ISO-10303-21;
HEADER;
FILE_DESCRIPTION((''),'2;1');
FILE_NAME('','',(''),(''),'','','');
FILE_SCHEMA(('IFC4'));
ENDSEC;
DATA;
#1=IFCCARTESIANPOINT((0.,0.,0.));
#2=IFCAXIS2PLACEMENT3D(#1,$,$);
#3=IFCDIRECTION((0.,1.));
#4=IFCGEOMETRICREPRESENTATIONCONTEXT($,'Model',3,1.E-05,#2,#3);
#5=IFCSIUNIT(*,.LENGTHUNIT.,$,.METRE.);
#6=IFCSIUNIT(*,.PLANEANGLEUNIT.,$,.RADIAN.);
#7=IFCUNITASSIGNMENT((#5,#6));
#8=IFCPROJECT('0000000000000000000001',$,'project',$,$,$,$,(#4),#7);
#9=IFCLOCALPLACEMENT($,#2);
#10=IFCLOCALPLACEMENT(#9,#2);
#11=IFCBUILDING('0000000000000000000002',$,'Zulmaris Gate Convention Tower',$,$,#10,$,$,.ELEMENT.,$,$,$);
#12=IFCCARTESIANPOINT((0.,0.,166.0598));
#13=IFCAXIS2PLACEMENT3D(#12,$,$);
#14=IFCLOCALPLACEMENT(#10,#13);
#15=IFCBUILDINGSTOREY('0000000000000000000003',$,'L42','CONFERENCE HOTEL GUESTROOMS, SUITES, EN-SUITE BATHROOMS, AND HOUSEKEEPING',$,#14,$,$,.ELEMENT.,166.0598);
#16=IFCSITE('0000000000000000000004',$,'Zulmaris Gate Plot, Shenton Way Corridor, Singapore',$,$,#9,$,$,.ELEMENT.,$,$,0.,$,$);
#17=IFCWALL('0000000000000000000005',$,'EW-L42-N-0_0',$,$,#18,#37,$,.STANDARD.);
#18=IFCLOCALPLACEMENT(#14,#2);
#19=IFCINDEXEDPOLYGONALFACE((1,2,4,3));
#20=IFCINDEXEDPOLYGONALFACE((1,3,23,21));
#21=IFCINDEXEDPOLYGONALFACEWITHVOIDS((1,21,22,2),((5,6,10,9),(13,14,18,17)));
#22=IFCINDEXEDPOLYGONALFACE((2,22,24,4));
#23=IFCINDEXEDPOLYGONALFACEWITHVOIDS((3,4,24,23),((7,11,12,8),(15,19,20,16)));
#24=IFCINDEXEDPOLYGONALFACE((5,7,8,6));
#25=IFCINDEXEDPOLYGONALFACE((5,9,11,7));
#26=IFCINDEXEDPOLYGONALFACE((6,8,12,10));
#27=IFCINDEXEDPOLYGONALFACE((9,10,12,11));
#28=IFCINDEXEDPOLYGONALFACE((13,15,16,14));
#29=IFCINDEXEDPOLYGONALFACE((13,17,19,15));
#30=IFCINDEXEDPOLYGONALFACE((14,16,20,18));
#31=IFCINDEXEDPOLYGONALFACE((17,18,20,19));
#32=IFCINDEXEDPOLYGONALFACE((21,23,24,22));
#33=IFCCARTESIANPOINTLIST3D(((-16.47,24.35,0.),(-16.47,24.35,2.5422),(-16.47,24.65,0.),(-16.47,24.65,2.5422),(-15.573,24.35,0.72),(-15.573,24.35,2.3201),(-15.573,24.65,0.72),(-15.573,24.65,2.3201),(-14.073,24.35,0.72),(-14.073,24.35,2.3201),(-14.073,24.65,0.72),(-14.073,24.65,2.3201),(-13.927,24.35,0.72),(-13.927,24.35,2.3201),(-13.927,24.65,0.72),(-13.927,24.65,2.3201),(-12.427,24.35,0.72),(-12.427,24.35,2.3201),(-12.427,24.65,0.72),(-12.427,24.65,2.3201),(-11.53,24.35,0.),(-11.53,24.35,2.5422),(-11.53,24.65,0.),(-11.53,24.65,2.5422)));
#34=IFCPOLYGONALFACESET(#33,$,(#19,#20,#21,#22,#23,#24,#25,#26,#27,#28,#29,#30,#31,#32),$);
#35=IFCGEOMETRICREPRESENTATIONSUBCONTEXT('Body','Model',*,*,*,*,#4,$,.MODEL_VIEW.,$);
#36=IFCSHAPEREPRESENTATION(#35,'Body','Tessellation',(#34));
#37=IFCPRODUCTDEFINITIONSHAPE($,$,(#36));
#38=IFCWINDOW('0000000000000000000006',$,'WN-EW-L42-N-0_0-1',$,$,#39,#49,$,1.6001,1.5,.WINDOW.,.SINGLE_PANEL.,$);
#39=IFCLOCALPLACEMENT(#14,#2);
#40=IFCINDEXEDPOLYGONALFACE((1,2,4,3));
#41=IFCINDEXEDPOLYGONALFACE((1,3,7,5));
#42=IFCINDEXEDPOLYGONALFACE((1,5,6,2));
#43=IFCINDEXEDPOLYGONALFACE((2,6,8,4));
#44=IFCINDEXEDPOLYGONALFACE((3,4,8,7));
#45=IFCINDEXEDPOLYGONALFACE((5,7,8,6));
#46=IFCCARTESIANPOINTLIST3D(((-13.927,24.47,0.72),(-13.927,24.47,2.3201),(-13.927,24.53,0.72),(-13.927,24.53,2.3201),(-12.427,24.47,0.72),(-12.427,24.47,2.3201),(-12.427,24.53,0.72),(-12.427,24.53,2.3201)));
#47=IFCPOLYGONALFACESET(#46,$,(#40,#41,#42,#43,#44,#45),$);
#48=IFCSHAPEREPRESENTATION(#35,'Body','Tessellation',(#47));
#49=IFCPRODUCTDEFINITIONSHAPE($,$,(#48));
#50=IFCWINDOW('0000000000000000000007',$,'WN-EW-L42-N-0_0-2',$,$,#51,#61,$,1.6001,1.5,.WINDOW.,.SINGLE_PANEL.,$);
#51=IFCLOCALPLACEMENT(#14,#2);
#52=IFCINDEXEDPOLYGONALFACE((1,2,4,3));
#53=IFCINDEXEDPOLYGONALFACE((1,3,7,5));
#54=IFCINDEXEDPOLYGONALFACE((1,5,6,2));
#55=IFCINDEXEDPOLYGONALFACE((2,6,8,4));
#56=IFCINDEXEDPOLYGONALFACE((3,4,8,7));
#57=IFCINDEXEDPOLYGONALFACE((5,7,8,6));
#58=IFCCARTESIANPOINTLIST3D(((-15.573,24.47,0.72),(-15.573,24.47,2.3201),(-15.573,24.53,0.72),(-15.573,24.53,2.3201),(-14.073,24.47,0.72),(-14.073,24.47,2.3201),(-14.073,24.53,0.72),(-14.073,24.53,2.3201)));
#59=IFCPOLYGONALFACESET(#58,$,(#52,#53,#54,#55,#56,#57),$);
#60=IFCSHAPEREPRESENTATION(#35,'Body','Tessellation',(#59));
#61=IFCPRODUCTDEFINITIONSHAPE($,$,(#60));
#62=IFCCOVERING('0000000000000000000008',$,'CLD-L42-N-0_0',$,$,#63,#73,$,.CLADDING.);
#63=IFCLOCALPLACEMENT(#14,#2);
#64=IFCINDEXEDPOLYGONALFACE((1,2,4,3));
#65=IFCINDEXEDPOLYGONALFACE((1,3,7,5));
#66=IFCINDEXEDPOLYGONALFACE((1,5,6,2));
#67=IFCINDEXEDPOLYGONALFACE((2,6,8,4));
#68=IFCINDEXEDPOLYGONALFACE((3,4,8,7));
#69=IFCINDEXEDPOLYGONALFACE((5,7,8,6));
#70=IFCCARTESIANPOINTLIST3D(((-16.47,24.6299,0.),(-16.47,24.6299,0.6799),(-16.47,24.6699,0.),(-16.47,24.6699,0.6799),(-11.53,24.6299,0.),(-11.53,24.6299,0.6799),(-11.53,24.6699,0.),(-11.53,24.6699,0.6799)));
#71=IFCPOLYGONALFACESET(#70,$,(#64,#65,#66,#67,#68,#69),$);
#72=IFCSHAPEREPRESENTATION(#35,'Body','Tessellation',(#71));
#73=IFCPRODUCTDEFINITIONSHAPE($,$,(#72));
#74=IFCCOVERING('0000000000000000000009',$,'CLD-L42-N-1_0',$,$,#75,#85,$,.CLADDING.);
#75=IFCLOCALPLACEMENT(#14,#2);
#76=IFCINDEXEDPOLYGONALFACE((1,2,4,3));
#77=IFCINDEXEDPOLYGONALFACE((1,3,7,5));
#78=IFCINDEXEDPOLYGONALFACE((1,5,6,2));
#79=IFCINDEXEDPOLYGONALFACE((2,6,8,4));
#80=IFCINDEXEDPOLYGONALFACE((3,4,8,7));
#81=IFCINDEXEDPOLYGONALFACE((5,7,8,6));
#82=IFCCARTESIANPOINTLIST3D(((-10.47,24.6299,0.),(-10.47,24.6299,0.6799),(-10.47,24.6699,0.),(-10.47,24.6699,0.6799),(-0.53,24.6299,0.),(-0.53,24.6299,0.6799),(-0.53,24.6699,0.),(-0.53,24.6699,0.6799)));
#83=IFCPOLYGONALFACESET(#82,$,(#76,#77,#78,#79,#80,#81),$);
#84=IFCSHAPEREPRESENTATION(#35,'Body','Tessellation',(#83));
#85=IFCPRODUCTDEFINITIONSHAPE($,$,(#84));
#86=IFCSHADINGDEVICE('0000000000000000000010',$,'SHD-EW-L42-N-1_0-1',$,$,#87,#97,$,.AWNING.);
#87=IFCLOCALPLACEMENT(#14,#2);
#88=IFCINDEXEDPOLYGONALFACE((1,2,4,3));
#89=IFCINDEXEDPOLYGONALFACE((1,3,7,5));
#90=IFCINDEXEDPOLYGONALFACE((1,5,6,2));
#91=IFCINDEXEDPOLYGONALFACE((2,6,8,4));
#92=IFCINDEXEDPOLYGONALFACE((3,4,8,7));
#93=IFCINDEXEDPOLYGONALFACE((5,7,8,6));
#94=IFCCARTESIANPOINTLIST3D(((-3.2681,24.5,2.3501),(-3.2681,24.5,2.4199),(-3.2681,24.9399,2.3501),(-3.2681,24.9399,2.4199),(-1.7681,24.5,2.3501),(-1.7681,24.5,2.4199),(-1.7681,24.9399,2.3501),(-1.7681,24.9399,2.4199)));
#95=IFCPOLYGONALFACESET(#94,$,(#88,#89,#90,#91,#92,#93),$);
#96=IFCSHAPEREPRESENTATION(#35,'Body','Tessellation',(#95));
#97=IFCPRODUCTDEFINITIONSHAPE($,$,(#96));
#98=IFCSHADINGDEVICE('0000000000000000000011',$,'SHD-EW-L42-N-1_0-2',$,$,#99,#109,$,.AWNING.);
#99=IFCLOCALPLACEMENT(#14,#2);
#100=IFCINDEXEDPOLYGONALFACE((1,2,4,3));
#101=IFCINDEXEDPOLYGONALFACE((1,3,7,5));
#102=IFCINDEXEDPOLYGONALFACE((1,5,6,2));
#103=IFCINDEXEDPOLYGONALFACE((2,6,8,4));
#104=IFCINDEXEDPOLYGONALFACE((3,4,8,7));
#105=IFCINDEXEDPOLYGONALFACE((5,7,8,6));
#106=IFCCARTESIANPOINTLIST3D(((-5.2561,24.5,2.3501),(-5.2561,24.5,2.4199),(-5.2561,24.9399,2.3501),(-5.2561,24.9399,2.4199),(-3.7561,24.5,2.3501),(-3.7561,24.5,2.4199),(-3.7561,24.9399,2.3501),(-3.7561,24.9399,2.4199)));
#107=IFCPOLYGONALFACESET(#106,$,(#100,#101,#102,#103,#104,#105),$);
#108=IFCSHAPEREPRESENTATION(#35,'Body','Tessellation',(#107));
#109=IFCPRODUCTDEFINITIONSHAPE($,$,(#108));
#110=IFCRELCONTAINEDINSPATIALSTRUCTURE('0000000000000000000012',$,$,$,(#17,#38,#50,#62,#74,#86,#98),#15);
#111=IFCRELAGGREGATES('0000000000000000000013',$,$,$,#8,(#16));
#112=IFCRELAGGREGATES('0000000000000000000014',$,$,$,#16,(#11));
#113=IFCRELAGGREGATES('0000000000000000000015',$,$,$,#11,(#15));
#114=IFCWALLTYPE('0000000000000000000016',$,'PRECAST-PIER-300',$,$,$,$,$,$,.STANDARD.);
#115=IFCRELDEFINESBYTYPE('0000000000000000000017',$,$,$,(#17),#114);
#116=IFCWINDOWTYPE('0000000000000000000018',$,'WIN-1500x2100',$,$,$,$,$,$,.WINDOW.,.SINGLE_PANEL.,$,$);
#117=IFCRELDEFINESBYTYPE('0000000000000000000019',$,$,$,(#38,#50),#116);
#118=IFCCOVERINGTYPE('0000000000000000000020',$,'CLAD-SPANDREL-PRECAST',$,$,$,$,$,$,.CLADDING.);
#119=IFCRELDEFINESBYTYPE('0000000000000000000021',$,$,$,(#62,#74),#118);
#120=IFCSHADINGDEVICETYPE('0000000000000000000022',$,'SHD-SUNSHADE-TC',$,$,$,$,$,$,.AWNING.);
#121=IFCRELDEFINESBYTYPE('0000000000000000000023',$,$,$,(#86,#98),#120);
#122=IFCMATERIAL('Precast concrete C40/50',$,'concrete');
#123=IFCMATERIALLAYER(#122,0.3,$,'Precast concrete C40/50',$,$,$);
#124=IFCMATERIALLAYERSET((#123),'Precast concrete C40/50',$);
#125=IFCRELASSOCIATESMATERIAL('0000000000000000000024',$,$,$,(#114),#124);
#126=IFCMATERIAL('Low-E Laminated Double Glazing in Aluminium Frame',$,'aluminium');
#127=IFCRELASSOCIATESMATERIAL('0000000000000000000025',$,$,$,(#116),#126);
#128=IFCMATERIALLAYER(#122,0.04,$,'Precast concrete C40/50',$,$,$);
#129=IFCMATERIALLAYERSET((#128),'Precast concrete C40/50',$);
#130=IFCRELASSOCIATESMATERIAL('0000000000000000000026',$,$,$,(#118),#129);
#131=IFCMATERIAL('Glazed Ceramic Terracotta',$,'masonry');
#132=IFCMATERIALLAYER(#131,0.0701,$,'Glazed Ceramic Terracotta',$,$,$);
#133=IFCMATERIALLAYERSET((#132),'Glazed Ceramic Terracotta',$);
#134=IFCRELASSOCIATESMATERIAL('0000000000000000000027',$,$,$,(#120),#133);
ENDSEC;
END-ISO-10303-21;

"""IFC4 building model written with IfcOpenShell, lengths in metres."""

from ifc_helpers import new_model, si_unit, direction, frame, frame_2d, origin, place, context, subcontext, project, spatial, rectangle, extrude, material, layer, layer_set, type_object, element, fill, save


model = new_model("IFC4")

# Units and contexts
model_context = context("Model", 3, precision=1e-05, world=origin(), true_north=direction((0.0, 1.0)))
body_context = subcontext(model_context, "Body", "Model", "MODEL_VIEW")
ifc_project = project(units=[si_unit("LENGTHUNIT", "METRE"), si_unit("PLANEANGLEUNIT", "RADIAN")], contexts=[model_context])

# Site, building, storey
site_placement = place(None, origin())
site = spatial("IfcSite", under=ifc_project, at=site_placement, Name="Zulmaris Gate Plot, Shenton Way Corridor, Singapore", CompositionType="ELEMENT", RefElevation=0.0)
building_placement = place(site_placement, origin())
building = spatial("IfcBuilding", under=site, at=building_placement, Name="Zulmaris Gate Convention Tower", CompositionType="ELEMENT")
storey_placement = place(building_placement, frame((0.0, 0.0, 166.0598)))
storey = spatial("IfcBuildingStorey", under=building, at=storey_placement, Name="L42", Description="CONFERENCE HOTEL GUESTROOMS, SUITES, EN-SUITE BATHROOMS, AND HOUSEKEEPING", CompositionType="ELEMENT", Elevation=166.0598)

# Wall, openings, windows
ifc_material_1 = material(Name="Precast concrete C40/50", Category="concrete")
ifc_layer_1 = layer(ifc_material_1, 0.3, Name="Precast concrete C40/50")
ifc_layer_set_1 = layer_set([ifc_layer_1], Name="Precast concrete C40/50")
wall_type_1 = type_object("IfcWallType", Name="PRECAST-PIER-300", PredefinedType="STANDARD", material=ifc_layer_set_1)
wall_1_placement = place(storey_placement, frame((-11.53, 24.5, 0.0), z_axis=(0.0, 0.0, 1.0), x_axis=(-1.0, 0.0, 0.0)))
wall_1 = element("IfcWall", 1, at=wall_1_placement, inside=storey, type_object=wall_type_1, Name="EW-L42-N-0_0", PredefinedType="STANDARD", context=body_context, shape_type="SweptSolid", body=[
    extrude(rectangle(XDim=4.9399, YDim=0.3, at=frame_2d((2.47, 0.0))), origin(), (0.0, 0.0, 1.0), 2.5422),
])
opening_1_placement = place(wall_1_placement, frame((0.897, 0.0, 0.72)))
opening_1 = element("IfcOpeningElement", 2, at=opening_1_placement, cuts=wall_1, PredefinedType="OPENING", context=body_context, shape_type="SweptSolid", body=[
    extrude(rectangle(XDim=1.5, YDim=1.6001, at=frame_2d((0.75, 0.8))), frame((0.0, 0.1602, 0.0), z_axis=(0.0, -1.0, 0.0), x_axis=(1.0, 0.0, 0.0)), (0.0, 0.0, 1.0), 0.3201),
])
opening_2_placement = place(wall_1_placement, frame((2.543, 0.0, 0.72)))
opening_2 = element("IfcOpeningElement", 3, at=opening_2_placement, cuts=wall_1, PredefinedType="OPENING", context=body_context, shape_type="SweptSolid", body=[
    extrude(rectangle(XDim=1.5, YDim=1.6001, at=frame_2d((0.75, 0.8))), frame((0.0, 0.1602, 0.0), z_axis=(0.0, -1.0, 0.0), x_axis=(1.0, 0.0, 0.0)), (0.0, 0.0, 1.0), 0.3201),
])
ifc_material_2 = material(Name="Low-E Laminated Double Glazing in Aluminium Frame", Category="aluminium")
window_type = type_object("IfcWindowType", Name="WIN-1500x2100", PartitioningType="SINGLE_PANEL", PredefinedType="WINDOW", material=ifc_material_2)
window_1_placement = place(opening_1_placement, origin())
window_1 = element("IfcWindow", 4, at=window_1_placement, inside=storey, type_object=window_type, Name="WN-EW-L42-N-0_0-1", OverallHeight=1.6001, OverallWidth=1.5, PartitioningType="SINGLE_PANEL", PredefinedType="WINDOW", context=body_context, shape_type="SweptSolid", body=[
    extrude(rectangle(XDim=1.5, YDim=1.6001, at=frame_2d((0.75, 0.8))), frame((0.0, 0.03, 0.0), z_axis=(0.0, -1.0, 0.0), x_axis=(1.0, 0.0, 0.0)), (0.0, 0.0, 1.0), 0.0601),
])
fill(opening_1, window_1)
window_2_placement = place(opening_2_placement, origin())
window_2 = element("IfcWindow", 5, at=window_2_placement, inside=storey, type_object=window_type, Name="WN-EW-L42-N-0_0-2", OverallHeight=1.6001, OverallWidth=1.5, PartitioningType="SINGLE_PANEL", PredefinedType="WINDOW", context=body_context, shape_type="SweptSolid", body=[
    extrude(rectangle(XDim=1.5, YDim=1.6001, at=frame_2d((0.75, 0.8))), frame((0.0, 0.03, 0.0), z_axis=(0.0, -1.0, 0.0), x_axis=(1.0, 0.0, 0.0)), (0.0, 0.0, 1.0), 0.0601),
])
fill(opening_2, window_2)

# Coverings
ifc_layer_2 = layer(ifc_material_1, 0.04, Name="Precast concrete C40/50")
ifc_layer_set_2 = layer_set([ifc_layer_2], Name="Precast concrete C40/50")
covering_type = type_object("IfcCoveringType", Name="CLAD-SPANDREL-PRECAST", PredefinedType="CLADDING", material=ifc_layer_set_2)
covering_1_placement = place(storey_placement, frame((-11.53, 24.6499, 0.0), z_axis=(0.0, 0.0, 1.0), x_axis=(-1.0, 0.0, 0.0)))
element("IfcCovering", 6, at=covering_1_placement, inside=storey, type_object=covering_type, Name="CLD-L42-N-0_0", PredefinedType="CLADDING", context=body_context, shape_type="SweptSolid", body=[
    extrude(rectangle(XDim=4.9399, YDim=0.04, at=frame_2d((2.47, 0.0))), origin(), (0.0, 0.0, 1.0), 0.6799),
])
covering_2_placement = place(storey_placement, frame((-0.53, 24.6499, 0.0), z_axis=(0.0, 0.0, 1.0), x_axis=(-1.0, 0.0, 0.0)))
element("IfcCovering", 7, at=covering_2_placement, inside=storey, type_object=covering_type, Name="CLD-L42-N-1_0", PredefinedType="CLADDING", context=body_context, shape_type="SweptSolid", body=[
    extrude(rectangle(XDim=9.9399, YDim=0.04, at=frame_2d((4.97, 0.0))), origin(), (0.0, 0.0, 1.0), 0.6799),
])

# Shading devices
ifc_material_3 = material(Name="Glazed Ceramic Terracotta", Category="masonry")
ifc_layer_3 = layer(ifc_material_3, 0.0701, Name="Glazed Ceramic Terracotta")
ifc_layer_set_3 = layer_set([ifc_layer_3], Name="Glazed Ceramic Terracotta")
shading_device_type = type_object("IfcShadingDeviceType", Name="SHD-SUNSHADE-TC", PredefinedType="AWNING", material=ifc_layer_set_3)
for number, where, z_axis, x_axis, name in (
    (8, (-1.7681, 24.72, 2.3501), (0.0, 0.0, 1.0), (-1.0, 0.0, 0.0), "SHD-EW-L42-N-1_0-1"),
    (9, (-3.7561, 24.72, 2.3501), (0.0, 0.0, 1.0), (-1.0, 0.0, 0.0), "SHD-EW-L42-N-1_0-2"),
):
    element("IfcShadingDevice", number, at=place(storey_placement, frame(where, z_axis=z_axis, x_axis=x_axis)), inside=storey, type_object=shading_device_type, Name=name, PredefinedType="AWNING", context=body_context, shape_type="SweptSolid", body=[
        extrude(rectangle(XDim=1.5, YDim=0.4399, at=frame_2d((0.75, 0.0))), origin(), (0.0, 0.0, 1.0), 0.0698),
    ])

save(model, "model.ifc")
